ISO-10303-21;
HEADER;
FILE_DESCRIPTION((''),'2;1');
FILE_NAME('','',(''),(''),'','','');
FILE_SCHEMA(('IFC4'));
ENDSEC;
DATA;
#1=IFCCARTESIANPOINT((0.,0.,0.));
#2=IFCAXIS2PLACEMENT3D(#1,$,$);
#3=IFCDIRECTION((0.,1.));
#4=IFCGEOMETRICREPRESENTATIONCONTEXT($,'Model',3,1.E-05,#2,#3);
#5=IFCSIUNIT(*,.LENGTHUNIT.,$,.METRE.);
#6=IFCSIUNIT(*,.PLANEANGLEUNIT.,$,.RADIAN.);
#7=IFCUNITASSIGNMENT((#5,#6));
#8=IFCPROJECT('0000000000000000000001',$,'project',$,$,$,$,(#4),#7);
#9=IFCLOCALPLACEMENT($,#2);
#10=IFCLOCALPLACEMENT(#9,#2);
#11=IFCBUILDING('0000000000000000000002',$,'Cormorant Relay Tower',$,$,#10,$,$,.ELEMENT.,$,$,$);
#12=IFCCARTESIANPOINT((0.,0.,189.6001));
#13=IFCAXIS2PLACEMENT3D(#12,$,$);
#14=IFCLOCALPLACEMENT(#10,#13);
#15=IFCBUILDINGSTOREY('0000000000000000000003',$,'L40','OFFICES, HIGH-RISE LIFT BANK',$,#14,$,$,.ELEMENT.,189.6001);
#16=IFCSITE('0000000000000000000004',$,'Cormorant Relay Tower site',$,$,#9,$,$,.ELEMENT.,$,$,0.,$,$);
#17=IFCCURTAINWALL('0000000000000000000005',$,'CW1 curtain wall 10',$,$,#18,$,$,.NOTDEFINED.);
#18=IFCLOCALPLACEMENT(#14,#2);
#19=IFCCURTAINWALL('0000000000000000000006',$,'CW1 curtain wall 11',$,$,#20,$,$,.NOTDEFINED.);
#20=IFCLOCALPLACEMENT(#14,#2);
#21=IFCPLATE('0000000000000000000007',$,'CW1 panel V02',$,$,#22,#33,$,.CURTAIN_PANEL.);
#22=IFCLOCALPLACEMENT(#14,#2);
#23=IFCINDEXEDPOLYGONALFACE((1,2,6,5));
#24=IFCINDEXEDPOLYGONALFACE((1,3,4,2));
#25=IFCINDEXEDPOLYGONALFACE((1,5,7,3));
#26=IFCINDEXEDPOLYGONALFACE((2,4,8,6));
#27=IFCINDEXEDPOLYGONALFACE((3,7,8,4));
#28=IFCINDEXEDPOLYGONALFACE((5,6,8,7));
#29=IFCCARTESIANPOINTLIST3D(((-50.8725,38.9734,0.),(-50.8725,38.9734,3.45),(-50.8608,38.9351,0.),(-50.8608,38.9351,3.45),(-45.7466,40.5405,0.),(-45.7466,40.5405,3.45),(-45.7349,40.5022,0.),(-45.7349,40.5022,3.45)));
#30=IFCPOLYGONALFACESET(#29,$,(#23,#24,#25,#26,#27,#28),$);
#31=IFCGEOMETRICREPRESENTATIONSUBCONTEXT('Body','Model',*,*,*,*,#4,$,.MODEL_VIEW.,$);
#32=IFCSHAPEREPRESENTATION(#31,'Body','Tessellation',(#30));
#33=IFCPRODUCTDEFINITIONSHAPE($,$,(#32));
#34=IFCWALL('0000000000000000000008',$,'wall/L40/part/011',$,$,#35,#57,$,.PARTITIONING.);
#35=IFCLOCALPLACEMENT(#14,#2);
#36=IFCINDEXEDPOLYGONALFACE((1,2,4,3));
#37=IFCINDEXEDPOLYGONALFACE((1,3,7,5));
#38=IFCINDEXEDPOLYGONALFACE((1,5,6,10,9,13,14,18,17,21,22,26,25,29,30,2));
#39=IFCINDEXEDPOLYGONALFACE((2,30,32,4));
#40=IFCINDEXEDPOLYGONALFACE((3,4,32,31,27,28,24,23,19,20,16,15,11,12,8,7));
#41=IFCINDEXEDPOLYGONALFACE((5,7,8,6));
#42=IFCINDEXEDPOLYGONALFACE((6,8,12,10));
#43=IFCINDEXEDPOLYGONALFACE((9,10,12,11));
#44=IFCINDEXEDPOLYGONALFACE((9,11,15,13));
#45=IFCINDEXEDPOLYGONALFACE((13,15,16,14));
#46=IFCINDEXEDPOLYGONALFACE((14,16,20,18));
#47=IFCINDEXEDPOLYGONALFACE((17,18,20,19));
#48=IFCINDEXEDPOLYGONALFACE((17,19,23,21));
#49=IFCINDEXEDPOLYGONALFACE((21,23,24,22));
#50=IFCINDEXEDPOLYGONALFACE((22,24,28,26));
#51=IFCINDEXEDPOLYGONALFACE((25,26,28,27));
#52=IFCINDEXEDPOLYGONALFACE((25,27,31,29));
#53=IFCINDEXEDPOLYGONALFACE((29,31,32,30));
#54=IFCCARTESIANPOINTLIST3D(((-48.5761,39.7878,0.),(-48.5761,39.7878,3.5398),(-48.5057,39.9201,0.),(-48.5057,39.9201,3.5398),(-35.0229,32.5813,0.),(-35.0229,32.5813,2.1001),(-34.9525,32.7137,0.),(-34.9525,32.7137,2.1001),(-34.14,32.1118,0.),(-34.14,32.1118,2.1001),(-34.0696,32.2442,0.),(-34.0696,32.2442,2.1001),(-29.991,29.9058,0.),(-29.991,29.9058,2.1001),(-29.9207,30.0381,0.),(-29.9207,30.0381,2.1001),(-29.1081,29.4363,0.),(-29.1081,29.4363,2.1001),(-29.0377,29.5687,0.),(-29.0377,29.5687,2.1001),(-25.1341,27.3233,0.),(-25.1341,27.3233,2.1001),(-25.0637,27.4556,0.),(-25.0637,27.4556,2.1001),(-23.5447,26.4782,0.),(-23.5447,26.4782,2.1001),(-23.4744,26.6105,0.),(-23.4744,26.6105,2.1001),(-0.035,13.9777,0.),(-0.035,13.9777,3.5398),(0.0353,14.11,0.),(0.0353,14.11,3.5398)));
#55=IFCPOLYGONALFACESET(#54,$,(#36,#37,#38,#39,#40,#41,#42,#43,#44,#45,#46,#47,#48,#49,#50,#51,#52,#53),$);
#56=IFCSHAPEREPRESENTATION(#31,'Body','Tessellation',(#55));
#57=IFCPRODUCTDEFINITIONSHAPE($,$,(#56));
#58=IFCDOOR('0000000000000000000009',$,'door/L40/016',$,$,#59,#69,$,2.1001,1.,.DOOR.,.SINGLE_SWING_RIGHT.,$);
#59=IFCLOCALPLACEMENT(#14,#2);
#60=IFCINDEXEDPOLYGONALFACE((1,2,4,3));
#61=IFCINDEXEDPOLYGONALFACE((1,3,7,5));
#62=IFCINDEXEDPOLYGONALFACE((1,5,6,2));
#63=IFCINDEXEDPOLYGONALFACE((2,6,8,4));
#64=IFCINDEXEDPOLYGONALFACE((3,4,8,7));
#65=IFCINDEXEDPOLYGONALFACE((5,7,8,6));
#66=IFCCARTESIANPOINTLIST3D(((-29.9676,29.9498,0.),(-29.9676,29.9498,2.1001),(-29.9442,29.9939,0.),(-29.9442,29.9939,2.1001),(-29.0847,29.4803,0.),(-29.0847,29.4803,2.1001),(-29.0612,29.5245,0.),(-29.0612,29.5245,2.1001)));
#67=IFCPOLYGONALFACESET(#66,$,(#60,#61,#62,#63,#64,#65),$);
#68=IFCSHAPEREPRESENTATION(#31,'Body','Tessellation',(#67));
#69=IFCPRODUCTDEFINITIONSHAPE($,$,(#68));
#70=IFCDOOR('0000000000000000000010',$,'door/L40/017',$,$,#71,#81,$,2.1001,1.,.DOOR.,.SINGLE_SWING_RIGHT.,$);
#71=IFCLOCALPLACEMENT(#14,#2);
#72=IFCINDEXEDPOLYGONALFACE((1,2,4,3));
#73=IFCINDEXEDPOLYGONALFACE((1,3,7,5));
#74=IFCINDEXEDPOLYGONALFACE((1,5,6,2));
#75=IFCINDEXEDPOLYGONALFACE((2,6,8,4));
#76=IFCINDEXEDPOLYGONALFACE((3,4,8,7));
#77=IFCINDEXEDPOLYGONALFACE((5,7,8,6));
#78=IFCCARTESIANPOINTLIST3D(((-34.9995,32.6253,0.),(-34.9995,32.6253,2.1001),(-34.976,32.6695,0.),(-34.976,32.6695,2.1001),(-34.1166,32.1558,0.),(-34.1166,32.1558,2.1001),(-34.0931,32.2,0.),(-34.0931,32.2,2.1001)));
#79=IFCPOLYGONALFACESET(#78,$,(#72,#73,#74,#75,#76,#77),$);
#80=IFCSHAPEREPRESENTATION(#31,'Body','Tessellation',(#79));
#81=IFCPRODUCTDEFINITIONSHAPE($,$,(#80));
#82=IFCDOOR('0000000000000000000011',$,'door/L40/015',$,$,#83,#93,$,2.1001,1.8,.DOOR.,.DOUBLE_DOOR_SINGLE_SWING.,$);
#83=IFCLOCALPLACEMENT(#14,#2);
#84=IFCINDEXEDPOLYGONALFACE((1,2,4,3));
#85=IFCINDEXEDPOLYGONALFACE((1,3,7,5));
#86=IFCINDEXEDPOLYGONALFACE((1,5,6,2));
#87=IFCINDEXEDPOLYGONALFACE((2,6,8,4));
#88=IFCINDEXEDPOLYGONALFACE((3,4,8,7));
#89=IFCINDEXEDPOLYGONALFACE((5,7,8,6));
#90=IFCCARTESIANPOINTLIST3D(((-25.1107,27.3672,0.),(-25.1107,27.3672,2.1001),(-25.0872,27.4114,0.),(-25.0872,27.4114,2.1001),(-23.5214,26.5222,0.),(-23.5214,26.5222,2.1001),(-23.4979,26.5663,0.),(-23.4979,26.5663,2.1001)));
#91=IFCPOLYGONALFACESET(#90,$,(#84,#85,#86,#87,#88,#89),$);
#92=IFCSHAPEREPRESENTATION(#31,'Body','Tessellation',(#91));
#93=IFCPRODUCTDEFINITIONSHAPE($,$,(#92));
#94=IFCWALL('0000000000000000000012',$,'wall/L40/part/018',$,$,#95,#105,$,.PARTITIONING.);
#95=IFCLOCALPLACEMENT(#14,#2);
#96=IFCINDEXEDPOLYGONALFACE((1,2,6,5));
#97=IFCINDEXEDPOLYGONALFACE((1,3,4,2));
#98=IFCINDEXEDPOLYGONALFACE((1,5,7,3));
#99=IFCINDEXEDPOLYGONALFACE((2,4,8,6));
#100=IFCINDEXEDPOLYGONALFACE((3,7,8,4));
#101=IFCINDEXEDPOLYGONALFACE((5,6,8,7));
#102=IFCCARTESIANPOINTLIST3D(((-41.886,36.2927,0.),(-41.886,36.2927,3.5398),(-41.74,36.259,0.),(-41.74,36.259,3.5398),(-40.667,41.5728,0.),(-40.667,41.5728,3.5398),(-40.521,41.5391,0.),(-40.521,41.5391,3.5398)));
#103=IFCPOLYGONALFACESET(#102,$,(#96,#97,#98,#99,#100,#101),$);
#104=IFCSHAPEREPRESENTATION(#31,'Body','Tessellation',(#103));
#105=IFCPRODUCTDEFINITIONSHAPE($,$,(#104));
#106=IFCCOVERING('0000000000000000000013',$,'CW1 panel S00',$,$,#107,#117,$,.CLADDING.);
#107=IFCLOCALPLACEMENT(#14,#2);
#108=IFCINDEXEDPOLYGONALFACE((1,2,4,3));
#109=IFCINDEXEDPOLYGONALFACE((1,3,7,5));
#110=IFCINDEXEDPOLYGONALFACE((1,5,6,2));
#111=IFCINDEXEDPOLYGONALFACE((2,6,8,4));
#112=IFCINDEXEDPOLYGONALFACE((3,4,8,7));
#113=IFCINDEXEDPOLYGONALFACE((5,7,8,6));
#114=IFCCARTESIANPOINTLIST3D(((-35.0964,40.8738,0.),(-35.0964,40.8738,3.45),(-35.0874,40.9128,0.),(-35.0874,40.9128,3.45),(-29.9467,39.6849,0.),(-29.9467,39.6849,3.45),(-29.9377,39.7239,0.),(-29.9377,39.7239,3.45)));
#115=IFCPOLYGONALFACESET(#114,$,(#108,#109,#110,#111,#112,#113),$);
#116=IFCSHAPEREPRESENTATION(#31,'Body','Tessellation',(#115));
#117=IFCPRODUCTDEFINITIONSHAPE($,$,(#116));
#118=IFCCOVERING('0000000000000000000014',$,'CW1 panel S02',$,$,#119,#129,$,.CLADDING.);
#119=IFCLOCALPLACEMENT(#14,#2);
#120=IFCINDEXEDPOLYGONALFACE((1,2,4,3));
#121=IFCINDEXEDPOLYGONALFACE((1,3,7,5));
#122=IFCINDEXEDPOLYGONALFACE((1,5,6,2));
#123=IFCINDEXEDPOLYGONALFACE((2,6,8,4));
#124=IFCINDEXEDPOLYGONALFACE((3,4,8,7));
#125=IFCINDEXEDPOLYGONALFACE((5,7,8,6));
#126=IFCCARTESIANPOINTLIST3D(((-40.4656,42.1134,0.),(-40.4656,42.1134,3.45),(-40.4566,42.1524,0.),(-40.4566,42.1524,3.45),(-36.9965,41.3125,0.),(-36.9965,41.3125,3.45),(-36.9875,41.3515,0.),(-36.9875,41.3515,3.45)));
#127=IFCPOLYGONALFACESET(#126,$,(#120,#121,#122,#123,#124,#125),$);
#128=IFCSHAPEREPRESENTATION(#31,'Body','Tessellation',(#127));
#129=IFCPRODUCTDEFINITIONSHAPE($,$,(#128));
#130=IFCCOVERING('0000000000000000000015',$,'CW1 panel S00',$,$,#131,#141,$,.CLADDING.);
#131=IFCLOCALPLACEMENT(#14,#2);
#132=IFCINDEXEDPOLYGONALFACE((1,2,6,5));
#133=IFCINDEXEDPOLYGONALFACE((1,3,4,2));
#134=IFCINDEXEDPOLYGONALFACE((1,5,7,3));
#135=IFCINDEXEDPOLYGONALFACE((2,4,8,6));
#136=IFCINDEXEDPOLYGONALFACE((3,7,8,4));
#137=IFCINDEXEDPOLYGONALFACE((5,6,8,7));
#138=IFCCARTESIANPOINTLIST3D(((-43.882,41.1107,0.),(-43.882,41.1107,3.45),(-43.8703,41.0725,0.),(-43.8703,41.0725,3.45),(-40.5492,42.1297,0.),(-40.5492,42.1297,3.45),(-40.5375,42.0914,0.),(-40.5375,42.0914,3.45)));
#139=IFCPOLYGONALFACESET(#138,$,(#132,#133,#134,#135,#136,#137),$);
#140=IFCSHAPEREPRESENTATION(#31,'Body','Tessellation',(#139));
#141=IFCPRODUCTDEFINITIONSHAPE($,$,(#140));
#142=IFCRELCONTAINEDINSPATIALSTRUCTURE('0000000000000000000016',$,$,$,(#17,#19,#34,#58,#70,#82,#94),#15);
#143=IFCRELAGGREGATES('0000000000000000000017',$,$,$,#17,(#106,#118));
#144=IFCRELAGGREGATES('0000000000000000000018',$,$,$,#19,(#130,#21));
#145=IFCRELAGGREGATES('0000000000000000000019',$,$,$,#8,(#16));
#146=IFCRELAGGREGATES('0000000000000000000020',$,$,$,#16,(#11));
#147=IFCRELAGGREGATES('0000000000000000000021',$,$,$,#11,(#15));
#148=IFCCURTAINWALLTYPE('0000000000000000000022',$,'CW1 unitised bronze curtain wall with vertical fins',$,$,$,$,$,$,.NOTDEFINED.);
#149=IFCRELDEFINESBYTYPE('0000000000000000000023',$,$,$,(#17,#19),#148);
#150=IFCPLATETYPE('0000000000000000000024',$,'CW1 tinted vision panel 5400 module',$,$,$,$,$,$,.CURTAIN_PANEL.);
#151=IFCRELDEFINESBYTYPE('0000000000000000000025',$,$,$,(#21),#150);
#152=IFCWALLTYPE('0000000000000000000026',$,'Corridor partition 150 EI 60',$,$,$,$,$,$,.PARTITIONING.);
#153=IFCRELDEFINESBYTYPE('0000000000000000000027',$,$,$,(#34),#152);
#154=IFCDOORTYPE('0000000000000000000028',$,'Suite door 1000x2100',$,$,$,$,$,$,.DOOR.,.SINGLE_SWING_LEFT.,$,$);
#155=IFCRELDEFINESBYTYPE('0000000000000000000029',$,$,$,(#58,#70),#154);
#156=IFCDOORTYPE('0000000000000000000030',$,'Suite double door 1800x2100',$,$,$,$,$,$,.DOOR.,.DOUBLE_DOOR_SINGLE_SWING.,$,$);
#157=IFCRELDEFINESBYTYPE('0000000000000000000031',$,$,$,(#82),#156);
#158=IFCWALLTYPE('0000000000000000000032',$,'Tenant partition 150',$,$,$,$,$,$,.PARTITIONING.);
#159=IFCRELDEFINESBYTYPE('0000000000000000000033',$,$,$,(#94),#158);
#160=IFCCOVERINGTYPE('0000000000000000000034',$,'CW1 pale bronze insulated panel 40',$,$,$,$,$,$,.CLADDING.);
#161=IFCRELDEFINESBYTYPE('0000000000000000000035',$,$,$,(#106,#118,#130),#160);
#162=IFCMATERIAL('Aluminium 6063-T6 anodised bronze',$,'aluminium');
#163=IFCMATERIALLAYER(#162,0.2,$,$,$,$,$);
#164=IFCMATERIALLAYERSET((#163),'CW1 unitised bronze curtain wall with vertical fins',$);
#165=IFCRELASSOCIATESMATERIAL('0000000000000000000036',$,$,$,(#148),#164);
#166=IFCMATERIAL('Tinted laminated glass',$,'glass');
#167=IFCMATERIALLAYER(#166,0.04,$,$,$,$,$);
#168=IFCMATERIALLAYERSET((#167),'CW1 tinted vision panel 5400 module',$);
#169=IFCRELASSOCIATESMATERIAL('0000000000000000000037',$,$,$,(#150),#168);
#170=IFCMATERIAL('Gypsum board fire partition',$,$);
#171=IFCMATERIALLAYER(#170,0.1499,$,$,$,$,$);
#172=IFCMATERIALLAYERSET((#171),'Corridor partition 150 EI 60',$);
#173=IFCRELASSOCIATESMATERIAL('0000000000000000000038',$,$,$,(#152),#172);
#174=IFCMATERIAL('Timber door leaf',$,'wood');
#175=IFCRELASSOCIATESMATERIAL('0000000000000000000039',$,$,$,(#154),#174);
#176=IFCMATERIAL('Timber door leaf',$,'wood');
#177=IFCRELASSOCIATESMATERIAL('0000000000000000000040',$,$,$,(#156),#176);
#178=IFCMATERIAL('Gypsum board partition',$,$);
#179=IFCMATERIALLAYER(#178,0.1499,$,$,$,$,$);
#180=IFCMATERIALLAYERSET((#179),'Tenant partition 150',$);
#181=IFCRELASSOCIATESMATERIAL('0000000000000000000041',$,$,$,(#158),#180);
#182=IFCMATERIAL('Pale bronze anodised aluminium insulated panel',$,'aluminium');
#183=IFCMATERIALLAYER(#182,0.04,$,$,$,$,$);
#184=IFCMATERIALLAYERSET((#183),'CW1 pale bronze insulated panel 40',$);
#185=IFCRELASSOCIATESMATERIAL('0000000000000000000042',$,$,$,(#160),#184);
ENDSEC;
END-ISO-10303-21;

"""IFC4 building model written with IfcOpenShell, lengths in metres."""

from ifc_helpers import new_model, si_unit, direction, frame, frame_2d, origin, origin_2d, place, context, subcontext, project, spatial, rectangle, extrude, material, layer, layer_set, type_object, element, fill, aggregate, save


model = new_model("IFC4")

# Units and contexts
model_context = context("Model", 3, precision=1e-05, world=origin(), true_north=direction((0.0, 1.0)))
body_context = subcontext(model_context, "Body", "Model", "MODEL_VIEW")
ifc_project = project(units=[si_unit("LENGTHUNIT", "METRE"), si_unit("PLANEANGLEUNIT", "RADIAN")], contexts=[model_context])

# Site, building, storey
site_placement = place(None, origin())
site = spatial("IfcSite", under=ifc_project, at=site_placement, Name="Cormorant Relay Tower site", CompositionType="ELEMENT", RefElevation=0.0)
building_placement = place(site_placement, origin())
building = spatial("IfcBuilding", under=site, at=building_placement, Name="Cormorant Relay Tower", CompositionType="ELEMENT")
storey_placement = place(building_placement, frame((0.0, 0.0, 189.6001)))
storey = spatial("IfcBuildingStorey", under=building, at=storey_placement, Name="L40", Description="OFFICES, HIGH-RISE LIFT BANK", CompositionType="ELEMENT", Elevation=189.6001)

# Curtain wall
ifc_material_1 = material(Name="Aluminium 6063-T6 anodised bronze", Category="aluminium")
ifc_layer_1 = layer(ifc_material_1, 0.2)
ifc_layer_set_1 = layer_set([ifc_layer_1], Name="CW1 unitised bronze curtain wall with vertical fins")
curtain_wall_type = type_object("IfcCurtainWallType", Name="CW1 unitised bronze curtain wall with vertical fins", PredefinedType="NOTDEFINED", material=ifc_layer_set_1)
curtain_wall_1_placement = place(storey_placement, origin())
curtain_wall_1 = element("IfcCurtainWall", 1, at=curtain_wall_1_placement, inside=storey, type_object=curtain_wall_type, Name="CW1 curtain wall 10", PredefinedType="NOTDEFINED")

# Curtain wall
curtain_wall_2_placement = place(storey_placement, origin())
curtain_wall_2 = element("IfcCurtainWall", 2, at=curtain_wall_2_placement, inside=storey, type_object=curtain_wall_type, Name="CW1 curtain wall 11", PredefinedType="NOTDEFINED")

# Plate
ifc_material_2 = material(Name="Tinted laminated glass", Category="glass")
ifc_layer_2 = layer(ifc_material_2, 0.04)
ifc_layer_set_2 = layer_set([ifc_layer_2], Name="CW1 tinted vision panel 5400 module")
plate_type_1 = type_object("IfcPlateType", Name="CW1 tinted vision panel 5400 module", PredefinedType="CURTAIN_PANEL", material=ifc_layer_set_2)
plate_1_placement = place(storey_placement, frame((-48.3037, 39.7378, 0.0), z_axis=(0.0, 0.0, 1.0), x_axis=(-0.956305, -0.292372, 0.0)))
plate_1 = element("IfcPlate", 3, at=plate_1_placement, type_object=plate_type_1, Name="CW1 panel V02", PredefinedType="CURTAIN_PANEL", context=body_context, shape_type="SweptSolid", body=[
    extrude(rectangle(XDim=5.3601, YDim=0.04, at=origin_2d()), origin(), (0.0, 0.0, 1.0), 3.45),
])

# Wall, openings, doors
ifc_material_3 = material(Name="Gypsum board fire partition")
ifc_layer_3 = layer(ifc_material_3, 0.1499)
ifc_layer_set_3 = layer_set([ifc_layer_3], Name="Corridor partition 150 EI 60")
wall_type_1 = type_object("IfcWallType", Name="Corridor partition 150 EI 60", PredefinedType="PARTITIONING", material=ifc_layer_set_3)
wall_1_placement = place(storey_placement, frame((-48.541, 39.854, 0.0), z_axis=(0.0, 0.0, 1.0), x_axis=(0.882945, -0.469476, 0.0)))
wall_1 = element("IfcWall", 4, at=wall_1_placement, inside=storey, type_object=wall_type_1, Name="wall/L40/part/011", PredefinedType="PARTITIONING", context=body_context, shape_type="SweptSolid", body=[
    extrude(rectangle(XDim=54.9763, YDim=0.1499, at=frame_2d((27.4883, 0.0))), origin(), (0.0, 0.0, 1.0), 3.5398),
])
opening_1_placement = place(wall_1_placement, frame((26.55, 0.0, 0.0)))
opening_1 = element("IfcOpeningElement", 5, at=opening_1_placement, cuts=wall_1, PredefinedType="OPENING", context=body_context, shape_type="SweptSolid", body=[
    extrude(rectangle(XDim=1.8, YDim=2.1001, at=frame_2d((0.8999, 1.05))), frame((0.0, 0.085, 0.0), z_axis=(0.0, -1.0, 0.0), x_axis=(1.0, 0.0, 0.0)), (0.0, 0.0, 1.0), 0.1699),
])
opening_2_placement = place(wall_1_placement, frame((21.0491, 0.0, 0.0)))
opening_2 = element("IfcOpeningElement", 6, at=opening_2_placement, cuts=wall_1, PredefinedType="OPENING", context=body_context, shape_type="SweptSolid", body=[
    extrude(rectangle(XDim=1.0, YDim=2.1001, at=frame_2d((0.5, 1.05))), frame((0.0, 0.085, 0.0), z_axis=(0.0, -1.0, 0.0), x_axis=(1.0, 0.0, 0.0)), (0.0, 0.0, 1.0), 0.1699),
])
opening_3_placement = place(wall_1_placement, frame((15.3501, 0.0, 0.0)))
opening_3 = element("IfcOpeningElement", 7, at=opening_3_placement, cuts=wall_1, PredefinedType="OPENING", context=body_context, shape_type="SweptSolid", body=[
    extrude(rectangle(XDim=1.0, YDim=2.1001, at=frame_2d((0.5, 1.05))), frame((0.0, 0.085, 0.0), z_axis=(0.0, -1.0, 0.0), x_axis=(1.0, 0.0, 0.0)), (0.0, 0.0, 1.0), 0.1699),
])
ifc_material_4 = material(Name="Timber door leaf", Category="wood")
door_type_1 = type_object("IfcDoorType", Name="Suite door 1000x2100", OperationType="SINGLE_SWING_LEFT", PredefinedType="DOOR", material=ifc_material_4)
door_1_placement = place(opening_2_placement, origin())
door_1 = element("IfcDoor", 8, at=door_1_placement, inside=storey, type_object=door_type_1, Name="door/L40/016", OperationType="SINGLE_SWING_RIGHT", OverallHeight=2.1001, OverallWidth=1.0, PredefinedType="DOOR", context=body_context, shape_type="SweptSolid", body=[
    extrude(rectangle(XDim=1.0, YDim=2.1001, at=frame_2d((0.5, 1.05))), frame((0.0, 0.0249, 0.0), z_axis=(0.0, -1.0, 0.0), x_axis=(1.0, 0.0, 0.0)), (0.0, 0.0, 1.0), 0.05),
])
fill(opening_2, door_1)
door_2_placement = place(opening_3_placement, origin())
door_2 = element("IfcDoor", 9, at=door_2_placement, inside=storey, type_object=door_type_1, Name="door/L40/017", OperationType="SINGLE_SWING_RIGHT", OverallHeight=2.1001, OverallWidth=1.0, PredefinedType="DOOR", context=body_context, shape_type="SweptSolid", body=[
    extrude(rectangle(XDim=1.0, YDim=2.1001, at=frame_2d((0.5, 1.05))), frame((0.0, 0.0249, 0.0), z_axis=(0.0, -1.0, 0.0), x_axis=(1.0, 0.0, 0.0)), (0.0, 0.0, 1.0), 0.05),
])
fill(opening_3, door_2)
ifc_material_5 = material(Name="Timber door leaf", Category="wood")
door_type_2 = type_object("IfcDoorType", Name="Suite double door 1800x2100", OperationType="DOUBLE_DOOR_SINGLE_SWING", PredefinedType="DOOR", material=ifc_material_5)
door_3_placement = place(opening_1_placement, origin())
door_3 = element("IfcDoor", 10, at=door_3_placement, inside=storey, type_object=door_type_2, Name="door/L40/015", OperationType="DOUBLE_DOOR_SINGLE_SWING", OverallHeight=2.1001, OverallWidth=1.8, PredefinedType="DOOR", context=body_context, shape_type="SweptSolid", body=[
    extrude(rectangle(XDim=1.8, YDim=2.1001, at=frame_2d((0.8999, 1.05))), frame((0.0, 0.0249, 0.0), z_axis=(0.0, -1.0, 0.0), x_axis=(1.0, 0.0, 0.0)), (0.0, 0.0, 1.0), 0.05),
])
fill(opening_1, door_3)

# Wall
ifc_material_6 = material(Name="Gypsum board partition")
ifc_layer_4 = layer(ifc_material_6, 0.1499)
ifc_layer_set_4 = layer_set([ifc_layer_4], Name="Tenant partition 150")
wall_type_2 = type_object("IfcWallType", Name="Tenant partition 150", PredefinedType="PARTITIONING", material=ifc_layer_set_4)
wall_2_placement = place(storey_placement, frame((-41.813, 36.2759, 0.0), z_axis=(0.0, 0.0, 1.0), x_axis=(0.224952, 0.97437, 0.0)))
element("IfcWall", 11, at=wall_2_placement, inside=storey, type_object=wall_type_2, Name="wall/L40/part/018", PredefinedType="PARTITIONING", context=body_context, shape_type="SweptSolid", body=[
    extrude(rectangle(XDim=5.4189, YDim=0.1499, at=frame_2d((2.7095, 0.0))), origin(), (0.0, 0.0, 1.0), 3.5398),
])

# Coverings
ifc_material_7 = material(Name="Pale bronze anodised aluminium insulated panel", Category="aluminium")
ifc_layer_5 = layer(ifc_material_7, 0.04)
ifc_layer_set_5 = layer_set([ifc_layer_5], Name="CW1 pale bronze insulated panel 40")
covering_type = type_object("IfcCoveringType", Name="CW1 pale bronze insulated panel 40", PredefinedType="CLADDING", material=ifc_layer_set_5)
covering_1_placement = place(storey_placement, frame((-32.5171, 40.2988, 0.0), z_axis=(0.0, 0.0, 1.0), x_axis=(-0.97437, 0.224951, 0.0)))
covering_1 = element("IfcCovering", 12, at=covering_1_placement, type_object=covering_type, Name="CW1 panel S00", PredefinedType="CLADDING", context=body_context, shape_type="SweptSolid", body=[
    extrude(rectangle(XDim=5.2852, YDim=0.04, at=origin_2d()), origin(), (0.0, 0.0, 1.0), 3.45),
])
covering_2_placement = place(storey_placement, frame((-38.7266, 41.7324, 0.0), z_axis=(0.0, 0.0, 1.0), x_axis=(-0.97437, 0.224951, 0.0)))
covering_2 = element("IfcCovering", 13, at=covering_2_placement, type_object=covering_type, Name="CW1 panel S02", PredefinedType="CLADDING", context=body_context, shape_type="SweptSolid", body=[
    extrude(rectangle(XDim=3.5603, YDim=0.04, at=origin_2d()), origin(), (0.0, 0.0, 1.0), 3.45),
])
aggregate(curtain_wall_1, [covering_1, covering_2])
covering_3_placement = place(storey_placement, frame((-42.2097, 41.6011, 0.0), z_axis=(0.0, 0.0, 1.0), x_axis=(-0.956305, -0.292372, 0.0)))
covering_3 = element("IfcCovering", 14, at=covering_3_placement, type_object=covering_type, Name="CW1 panel S00", PredefinedType="CLADDING", context=body_context, shape_type="SweptSolid", body=[
    extrude(rectangle(XDim=3.4851, YDim=0.04, at=origin_2d()), origin(), (0.0, 0.0, 1.0), 3.45),
])
aggregate(curtain_wall_2, [covering_3, plate_1])

save(model, "model.ifc")
